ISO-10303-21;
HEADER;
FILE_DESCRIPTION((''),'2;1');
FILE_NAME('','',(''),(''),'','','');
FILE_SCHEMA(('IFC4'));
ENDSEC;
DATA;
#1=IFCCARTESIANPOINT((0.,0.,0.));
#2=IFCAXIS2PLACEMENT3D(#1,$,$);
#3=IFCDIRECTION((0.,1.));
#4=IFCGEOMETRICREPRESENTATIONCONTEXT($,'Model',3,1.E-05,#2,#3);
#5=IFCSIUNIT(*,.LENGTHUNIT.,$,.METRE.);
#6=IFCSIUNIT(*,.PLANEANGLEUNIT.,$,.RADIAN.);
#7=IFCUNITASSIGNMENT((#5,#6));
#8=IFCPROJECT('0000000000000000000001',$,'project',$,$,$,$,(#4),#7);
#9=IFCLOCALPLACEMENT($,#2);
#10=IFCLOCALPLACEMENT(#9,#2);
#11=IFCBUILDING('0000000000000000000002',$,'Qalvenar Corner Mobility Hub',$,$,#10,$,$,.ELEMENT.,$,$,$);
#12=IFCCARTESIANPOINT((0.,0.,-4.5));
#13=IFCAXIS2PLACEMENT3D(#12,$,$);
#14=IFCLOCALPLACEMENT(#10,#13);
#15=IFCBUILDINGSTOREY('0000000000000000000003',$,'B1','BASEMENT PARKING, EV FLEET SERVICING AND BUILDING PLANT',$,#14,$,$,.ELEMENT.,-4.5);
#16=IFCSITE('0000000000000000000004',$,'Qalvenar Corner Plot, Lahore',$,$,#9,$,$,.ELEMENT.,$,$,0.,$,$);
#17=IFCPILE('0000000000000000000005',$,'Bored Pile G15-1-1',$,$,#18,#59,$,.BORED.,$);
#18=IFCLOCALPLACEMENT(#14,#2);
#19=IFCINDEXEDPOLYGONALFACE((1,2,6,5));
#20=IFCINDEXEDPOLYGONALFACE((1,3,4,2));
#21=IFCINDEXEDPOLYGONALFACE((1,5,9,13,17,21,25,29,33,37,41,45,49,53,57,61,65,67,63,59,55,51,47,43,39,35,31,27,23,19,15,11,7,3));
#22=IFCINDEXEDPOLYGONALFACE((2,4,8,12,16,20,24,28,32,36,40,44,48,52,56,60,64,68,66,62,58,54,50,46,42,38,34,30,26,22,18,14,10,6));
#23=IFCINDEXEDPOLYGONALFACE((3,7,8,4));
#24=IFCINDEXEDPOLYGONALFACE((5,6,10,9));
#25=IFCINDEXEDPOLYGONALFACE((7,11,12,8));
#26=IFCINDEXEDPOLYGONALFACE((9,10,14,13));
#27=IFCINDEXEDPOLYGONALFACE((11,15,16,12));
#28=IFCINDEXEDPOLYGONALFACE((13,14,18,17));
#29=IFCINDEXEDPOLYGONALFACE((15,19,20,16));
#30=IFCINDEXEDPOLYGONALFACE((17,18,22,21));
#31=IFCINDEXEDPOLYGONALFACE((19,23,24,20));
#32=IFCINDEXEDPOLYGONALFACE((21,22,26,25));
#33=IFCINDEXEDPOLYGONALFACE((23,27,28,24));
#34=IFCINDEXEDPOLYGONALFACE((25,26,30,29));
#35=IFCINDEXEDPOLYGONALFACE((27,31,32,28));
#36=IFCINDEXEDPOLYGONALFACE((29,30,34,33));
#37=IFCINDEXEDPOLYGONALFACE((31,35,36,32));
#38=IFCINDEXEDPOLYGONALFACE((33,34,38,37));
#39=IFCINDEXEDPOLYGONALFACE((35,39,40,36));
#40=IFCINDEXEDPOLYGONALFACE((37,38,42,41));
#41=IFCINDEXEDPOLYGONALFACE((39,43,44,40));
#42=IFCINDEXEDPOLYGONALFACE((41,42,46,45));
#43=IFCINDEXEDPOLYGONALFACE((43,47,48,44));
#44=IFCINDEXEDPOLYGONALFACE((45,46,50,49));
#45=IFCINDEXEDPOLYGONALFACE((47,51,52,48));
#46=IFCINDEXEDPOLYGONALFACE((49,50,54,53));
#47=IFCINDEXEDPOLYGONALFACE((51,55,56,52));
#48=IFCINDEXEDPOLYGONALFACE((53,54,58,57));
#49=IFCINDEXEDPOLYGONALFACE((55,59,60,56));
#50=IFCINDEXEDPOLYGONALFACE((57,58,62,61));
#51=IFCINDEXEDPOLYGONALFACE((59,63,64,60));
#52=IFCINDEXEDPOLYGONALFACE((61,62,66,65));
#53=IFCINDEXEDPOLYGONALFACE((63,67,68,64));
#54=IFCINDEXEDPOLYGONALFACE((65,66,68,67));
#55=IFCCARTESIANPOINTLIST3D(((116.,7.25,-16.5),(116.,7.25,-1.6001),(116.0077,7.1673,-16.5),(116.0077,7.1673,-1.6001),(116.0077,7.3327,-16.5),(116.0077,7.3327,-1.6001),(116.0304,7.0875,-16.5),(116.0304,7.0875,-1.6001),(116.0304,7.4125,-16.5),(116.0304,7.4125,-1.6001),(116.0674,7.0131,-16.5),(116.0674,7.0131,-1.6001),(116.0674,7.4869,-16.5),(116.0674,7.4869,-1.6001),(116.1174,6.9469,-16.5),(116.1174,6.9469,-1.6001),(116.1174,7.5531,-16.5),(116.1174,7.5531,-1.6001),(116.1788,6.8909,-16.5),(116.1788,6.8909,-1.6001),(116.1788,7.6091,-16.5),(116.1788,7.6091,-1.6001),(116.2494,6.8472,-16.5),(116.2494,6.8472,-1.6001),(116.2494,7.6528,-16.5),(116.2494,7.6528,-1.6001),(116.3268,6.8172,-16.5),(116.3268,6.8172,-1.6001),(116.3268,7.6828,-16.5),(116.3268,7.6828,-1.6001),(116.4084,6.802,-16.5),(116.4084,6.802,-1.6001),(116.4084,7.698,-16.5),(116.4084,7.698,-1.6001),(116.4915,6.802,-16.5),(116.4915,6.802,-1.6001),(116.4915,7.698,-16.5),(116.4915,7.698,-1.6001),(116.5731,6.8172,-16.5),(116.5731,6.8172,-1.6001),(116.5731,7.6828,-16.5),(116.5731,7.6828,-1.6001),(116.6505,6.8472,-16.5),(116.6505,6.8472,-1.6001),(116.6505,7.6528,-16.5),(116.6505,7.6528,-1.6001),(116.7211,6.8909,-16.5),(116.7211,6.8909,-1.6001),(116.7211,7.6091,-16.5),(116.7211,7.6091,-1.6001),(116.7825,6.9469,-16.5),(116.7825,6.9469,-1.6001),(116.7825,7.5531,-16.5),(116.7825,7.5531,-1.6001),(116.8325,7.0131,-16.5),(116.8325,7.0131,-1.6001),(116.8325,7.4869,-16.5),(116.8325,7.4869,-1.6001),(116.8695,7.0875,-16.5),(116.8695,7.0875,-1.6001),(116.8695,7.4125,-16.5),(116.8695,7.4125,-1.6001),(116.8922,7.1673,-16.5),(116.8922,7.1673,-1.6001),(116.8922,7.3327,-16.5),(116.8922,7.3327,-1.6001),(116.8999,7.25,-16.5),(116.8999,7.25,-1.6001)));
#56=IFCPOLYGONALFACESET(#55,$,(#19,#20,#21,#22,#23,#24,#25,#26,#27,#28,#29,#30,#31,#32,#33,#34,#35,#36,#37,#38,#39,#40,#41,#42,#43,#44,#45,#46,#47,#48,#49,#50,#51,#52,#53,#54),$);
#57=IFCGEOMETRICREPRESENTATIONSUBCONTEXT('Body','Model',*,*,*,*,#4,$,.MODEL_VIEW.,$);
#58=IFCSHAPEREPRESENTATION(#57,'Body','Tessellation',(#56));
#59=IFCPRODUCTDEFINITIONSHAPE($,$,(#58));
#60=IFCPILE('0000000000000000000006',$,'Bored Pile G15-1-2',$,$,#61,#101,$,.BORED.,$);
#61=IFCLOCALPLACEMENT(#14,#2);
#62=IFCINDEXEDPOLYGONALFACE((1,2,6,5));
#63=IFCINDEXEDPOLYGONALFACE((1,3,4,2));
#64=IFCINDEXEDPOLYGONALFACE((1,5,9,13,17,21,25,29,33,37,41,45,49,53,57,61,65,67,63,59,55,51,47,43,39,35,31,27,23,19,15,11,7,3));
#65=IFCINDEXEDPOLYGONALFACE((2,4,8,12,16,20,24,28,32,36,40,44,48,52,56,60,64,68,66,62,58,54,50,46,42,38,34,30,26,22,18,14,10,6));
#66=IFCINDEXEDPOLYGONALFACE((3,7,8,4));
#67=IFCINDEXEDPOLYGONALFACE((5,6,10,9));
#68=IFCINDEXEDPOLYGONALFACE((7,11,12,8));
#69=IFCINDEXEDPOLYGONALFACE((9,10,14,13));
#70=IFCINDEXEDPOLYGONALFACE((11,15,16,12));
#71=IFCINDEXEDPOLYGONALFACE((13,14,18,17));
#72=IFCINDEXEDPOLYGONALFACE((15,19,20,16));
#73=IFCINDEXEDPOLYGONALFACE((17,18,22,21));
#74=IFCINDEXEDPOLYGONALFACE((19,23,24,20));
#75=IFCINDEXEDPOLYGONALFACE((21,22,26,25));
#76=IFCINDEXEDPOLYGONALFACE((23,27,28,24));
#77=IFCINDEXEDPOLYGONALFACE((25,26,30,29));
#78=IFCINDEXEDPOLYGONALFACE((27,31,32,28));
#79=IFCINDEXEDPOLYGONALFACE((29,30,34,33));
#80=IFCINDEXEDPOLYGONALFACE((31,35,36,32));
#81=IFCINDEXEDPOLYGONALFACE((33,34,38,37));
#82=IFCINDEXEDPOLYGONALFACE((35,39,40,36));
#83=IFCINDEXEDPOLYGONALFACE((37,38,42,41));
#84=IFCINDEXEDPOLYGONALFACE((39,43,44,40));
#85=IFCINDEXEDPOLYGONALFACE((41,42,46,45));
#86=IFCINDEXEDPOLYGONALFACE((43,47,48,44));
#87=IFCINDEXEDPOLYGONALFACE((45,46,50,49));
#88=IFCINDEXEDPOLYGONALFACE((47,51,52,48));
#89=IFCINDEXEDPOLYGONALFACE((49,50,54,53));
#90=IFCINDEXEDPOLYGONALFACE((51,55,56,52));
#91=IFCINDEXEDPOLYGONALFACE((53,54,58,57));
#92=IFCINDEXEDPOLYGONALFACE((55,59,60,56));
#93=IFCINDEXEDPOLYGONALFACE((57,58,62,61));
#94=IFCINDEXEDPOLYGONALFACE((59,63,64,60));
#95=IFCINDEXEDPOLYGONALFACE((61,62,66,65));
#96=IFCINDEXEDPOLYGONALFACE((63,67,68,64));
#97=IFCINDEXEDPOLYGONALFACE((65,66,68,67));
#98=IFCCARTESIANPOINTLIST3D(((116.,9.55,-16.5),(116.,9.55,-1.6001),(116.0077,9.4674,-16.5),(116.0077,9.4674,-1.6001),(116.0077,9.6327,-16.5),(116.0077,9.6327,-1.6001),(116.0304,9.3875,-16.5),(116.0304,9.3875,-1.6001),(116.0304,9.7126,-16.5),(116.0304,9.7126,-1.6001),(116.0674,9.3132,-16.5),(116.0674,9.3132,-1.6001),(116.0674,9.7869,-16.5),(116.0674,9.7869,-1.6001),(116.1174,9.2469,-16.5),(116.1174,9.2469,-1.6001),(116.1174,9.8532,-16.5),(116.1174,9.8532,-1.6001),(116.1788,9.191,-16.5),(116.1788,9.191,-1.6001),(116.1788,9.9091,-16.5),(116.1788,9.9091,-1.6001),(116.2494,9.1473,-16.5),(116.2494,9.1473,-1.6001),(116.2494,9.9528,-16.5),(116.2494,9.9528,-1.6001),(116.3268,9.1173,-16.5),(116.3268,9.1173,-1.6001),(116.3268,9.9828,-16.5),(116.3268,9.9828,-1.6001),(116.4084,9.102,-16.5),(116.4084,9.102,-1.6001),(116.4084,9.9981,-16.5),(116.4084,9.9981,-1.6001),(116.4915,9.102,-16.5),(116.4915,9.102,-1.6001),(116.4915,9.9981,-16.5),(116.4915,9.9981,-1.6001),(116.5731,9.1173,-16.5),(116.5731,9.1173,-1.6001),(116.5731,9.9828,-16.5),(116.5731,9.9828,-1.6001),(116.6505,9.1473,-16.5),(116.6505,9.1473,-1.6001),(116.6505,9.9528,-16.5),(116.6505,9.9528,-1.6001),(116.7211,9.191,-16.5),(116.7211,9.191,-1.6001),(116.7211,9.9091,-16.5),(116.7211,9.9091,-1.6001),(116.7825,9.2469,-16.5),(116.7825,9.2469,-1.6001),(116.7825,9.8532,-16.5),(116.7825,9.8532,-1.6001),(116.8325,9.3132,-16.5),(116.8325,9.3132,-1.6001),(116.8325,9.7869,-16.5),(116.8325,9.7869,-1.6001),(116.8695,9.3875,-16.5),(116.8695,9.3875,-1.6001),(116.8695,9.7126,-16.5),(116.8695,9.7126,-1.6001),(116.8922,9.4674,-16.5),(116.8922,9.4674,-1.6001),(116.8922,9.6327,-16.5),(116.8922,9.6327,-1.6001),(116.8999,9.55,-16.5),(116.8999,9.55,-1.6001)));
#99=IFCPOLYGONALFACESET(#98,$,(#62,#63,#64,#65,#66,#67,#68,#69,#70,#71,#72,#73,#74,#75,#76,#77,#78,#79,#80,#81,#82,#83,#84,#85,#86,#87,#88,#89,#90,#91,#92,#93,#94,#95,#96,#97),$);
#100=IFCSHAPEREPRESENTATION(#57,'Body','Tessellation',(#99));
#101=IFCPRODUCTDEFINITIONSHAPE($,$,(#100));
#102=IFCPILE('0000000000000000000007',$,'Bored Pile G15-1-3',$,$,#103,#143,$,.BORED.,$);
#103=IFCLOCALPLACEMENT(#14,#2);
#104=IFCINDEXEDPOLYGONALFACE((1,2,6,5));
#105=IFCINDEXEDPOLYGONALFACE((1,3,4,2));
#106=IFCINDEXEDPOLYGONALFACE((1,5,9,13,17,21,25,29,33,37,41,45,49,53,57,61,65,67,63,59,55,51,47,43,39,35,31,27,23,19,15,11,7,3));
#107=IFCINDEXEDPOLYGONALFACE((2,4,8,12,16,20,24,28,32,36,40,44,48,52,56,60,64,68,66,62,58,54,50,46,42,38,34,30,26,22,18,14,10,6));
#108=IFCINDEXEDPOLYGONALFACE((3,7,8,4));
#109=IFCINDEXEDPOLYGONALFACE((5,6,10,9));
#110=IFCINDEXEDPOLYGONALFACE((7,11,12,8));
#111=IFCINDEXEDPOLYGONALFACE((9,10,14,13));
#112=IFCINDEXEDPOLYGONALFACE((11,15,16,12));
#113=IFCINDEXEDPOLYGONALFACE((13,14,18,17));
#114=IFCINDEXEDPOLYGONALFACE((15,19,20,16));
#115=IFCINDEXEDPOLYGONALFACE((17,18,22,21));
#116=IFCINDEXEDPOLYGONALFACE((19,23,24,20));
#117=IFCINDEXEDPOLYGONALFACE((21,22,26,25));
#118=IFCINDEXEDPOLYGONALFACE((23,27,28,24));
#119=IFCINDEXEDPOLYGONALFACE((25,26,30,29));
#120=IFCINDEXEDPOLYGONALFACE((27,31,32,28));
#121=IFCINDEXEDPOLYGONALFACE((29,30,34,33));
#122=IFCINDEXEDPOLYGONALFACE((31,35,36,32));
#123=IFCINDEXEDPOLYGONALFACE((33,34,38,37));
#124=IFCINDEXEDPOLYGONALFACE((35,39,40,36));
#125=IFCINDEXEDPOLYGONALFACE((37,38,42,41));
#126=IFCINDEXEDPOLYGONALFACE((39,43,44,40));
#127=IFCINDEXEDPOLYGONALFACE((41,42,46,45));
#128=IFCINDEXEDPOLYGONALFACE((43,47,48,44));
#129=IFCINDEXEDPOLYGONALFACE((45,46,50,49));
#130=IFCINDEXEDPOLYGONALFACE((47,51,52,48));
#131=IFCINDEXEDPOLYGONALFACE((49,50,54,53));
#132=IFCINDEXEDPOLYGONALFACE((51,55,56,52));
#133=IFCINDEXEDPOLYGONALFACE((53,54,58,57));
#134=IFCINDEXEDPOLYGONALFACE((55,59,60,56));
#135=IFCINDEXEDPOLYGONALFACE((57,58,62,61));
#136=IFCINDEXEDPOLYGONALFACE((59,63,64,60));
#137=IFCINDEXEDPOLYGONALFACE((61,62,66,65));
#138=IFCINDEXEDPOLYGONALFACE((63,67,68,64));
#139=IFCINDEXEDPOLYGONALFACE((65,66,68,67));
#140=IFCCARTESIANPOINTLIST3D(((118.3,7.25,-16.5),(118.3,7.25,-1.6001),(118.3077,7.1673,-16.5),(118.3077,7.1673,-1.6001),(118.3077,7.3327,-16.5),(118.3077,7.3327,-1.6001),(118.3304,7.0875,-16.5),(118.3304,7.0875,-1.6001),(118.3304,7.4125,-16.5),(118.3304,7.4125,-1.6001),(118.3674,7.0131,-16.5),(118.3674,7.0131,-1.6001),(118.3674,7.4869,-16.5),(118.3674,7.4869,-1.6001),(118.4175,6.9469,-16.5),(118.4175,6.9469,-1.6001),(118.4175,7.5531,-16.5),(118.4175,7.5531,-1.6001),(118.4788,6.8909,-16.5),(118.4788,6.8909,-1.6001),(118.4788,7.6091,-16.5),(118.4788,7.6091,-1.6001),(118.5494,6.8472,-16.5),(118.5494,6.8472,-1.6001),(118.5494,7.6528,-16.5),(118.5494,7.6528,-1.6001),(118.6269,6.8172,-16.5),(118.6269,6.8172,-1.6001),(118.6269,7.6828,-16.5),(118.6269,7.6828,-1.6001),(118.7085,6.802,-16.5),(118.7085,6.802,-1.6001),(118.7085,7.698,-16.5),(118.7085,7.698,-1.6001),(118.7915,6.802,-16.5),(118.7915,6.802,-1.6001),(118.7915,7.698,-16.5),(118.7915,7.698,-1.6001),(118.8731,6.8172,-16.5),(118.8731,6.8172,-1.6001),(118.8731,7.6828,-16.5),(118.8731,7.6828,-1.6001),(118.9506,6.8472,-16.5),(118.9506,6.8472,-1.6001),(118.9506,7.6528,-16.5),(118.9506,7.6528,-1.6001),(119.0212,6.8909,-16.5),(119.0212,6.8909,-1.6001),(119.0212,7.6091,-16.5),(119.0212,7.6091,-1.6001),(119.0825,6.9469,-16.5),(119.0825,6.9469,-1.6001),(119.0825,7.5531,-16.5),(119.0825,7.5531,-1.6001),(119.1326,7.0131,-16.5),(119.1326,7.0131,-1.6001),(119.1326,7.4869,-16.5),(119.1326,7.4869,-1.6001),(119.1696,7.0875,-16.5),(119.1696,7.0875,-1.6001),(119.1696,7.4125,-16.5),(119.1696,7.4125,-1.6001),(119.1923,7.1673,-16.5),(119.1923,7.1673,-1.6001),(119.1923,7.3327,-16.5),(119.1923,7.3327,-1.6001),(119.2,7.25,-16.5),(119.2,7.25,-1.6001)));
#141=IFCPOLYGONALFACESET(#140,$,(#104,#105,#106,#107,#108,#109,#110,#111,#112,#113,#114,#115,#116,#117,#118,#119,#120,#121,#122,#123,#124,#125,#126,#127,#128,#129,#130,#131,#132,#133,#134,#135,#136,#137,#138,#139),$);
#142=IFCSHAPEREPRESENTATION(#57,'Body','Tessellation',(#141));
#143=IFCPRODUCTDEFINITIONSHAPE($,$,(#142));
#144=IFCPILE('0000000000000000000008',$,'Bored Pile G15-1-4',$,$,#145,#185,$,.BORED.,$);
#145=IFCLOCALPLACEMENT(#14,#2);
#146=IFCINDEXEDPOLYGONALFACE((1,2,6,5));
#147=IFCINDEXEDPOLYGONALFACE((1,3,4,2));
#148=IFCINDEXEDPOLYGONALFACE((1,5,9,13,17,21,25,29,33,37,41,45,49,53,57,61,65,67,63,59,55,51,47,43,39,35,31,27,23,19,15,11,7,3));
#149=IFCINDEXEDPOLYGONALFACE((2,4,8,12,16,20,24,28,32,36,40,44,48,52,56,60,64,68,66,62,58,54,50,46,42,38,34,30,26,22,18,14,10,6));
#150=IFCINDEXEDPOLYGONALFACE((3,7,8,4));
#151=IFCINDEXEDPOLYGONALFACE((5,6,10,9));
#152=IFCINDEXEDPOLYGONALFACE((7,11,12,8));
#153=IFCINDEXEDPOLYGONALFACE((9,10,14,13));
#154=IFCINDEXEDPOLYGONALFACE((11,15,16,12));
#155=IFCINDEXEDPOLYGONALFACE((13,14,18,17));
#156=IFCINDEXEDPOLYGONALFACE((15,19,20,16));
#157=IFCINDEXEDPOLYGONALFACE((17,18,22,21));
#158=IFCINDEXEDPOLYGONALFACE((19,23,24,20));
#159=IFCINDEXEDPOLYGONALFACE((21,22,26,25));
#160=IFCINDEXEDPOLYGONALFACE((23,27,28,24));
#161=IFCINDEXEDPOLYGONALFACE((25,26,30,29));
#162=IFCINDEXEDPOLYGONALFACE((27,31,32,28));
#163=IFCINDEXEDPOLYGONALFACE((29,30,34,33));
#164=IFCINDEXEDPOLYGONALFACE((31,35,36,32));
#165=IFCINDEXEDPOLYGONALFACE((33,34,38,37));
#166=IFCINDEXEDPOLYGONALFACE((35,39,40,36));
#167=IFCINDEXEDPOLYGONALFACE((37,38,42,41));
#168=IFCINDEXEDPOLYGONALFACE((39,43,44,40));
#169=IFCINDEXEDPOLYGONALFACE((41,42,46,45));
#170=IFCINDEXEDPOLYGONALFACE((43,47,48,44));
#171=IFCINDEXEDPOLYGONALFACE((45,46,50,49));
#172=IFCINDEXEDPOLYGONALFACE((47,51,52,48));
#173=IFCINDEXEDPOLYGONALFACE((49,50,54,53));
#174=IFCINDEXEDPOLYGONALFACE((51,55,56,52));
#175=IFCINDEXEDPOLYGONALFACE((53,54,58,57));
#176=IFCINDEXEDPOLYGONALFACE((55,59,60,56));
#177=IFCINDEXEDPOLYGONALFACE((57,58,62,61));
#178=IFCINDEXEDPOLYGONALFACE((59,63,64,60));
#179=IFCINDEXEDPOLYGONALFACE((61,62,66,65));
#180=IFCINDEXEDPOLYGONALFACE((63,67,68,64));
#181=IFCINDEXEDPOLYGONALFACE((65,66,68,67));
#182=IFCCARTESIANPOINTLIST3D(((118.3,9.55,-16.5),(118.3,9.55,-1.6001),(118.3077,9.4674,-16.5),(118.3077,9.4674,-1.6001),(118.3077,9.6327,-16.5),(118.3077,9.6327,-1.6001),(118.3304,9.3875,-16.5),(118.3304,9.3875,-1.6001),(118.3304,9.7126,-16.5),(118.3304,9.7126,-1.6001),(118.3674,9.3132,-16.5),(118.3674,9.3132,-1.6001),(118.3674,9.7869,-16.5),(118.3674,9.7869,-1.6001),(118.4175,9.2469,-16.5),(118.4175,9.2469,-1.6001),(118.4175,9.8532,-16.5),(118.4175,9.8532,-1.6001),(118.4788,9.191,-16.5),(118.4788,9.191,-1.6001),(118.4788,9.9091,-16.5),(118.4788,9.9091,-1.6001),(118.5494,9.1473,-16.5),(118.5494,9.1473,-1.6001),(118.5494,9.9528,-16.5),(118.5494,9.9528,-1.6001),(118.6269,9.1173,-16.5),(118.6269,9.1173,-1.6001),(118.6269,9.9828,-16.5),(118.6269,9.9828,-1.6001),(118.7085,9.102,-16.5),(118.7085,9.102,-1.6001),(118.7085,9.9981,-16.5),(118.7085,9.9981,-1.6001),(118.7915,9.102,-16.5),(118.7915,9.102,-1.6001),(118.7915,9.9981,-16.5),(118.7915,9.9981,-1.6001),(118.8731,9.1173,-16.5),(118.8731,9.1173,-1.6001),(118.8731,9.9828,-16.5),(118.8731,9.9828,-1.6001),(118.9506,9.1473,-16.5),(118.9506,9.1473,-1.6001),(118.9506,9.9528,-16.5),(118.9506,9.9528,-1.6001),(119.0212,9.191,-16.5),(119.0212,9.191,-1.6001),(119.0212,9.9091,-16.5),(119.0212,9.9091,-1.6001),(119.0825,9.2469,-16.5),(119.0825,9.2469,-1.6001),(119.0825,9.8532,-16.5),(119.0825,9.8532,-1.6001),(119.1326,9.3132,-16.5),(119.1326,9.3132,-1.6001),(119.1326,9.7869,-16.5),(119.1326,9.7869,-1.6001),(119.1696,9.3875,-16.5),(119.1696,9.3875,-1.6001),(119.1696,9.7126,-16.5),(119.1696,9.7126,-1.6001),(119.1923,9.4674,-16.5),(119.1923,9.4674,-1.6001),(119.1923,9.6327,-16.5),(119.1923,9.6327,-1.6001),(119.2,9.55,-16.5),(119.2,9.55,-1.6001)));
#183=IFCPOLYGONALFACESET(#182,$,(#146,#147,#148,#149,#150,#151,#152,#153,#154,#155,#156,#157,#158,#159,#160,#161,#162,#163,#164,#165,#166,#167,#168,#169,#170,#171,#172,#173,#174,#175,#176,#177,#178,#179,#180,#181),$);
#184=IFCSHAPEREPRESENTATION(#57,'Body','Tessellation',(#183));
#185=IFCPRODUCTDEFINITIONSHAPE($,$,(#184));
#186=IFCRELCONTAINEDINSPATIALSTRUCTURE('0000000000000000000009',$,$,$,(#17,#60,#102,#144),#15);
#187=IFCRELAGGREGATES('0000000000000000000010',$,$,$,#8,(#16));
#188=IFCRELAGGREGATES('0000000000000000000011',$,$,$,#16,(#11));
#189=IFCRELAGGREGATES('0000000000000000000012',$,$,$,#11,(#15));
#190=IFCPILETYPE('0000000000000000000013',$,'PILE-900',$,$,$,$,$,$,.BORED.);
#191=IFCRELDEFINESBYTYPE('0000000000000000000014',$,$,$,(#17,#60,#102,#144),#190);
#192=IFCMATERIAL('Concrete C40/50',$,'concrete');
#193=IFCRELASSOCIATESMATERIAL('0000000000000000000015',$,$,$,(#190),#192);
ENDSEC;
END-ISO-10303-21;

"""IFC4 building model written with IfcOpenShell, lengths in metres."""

from ifc_helpers import new_model, si_unit, direction, frame, origin, origin_2d, place, context, subcontext, project, spatial, circle, extrude, material, material_profile, profile_set, type_object, element, save


model = new_model("IFC4")

# Units and contexts
model_context = context("Model", 3, precision=1e-05, world=origin(), true_north=direction((0.0, 1.0)))
body_context = subcontext(model_context, "Body", "Model", "MODEL_VIEW")
ifc_project = project(units=[si_unit("LENGTHUNIT", "METRE"), si_unit("PLANEANGLEUNIT", "RADIAN")], contexts=[model_context])

# Site, building, storey
site_placement = place(None, origin())
site = spatial("IfcSite", under=ifc_project, at=site_placement, Name="Qalvenar Corner Plot, Lahore", CompositionType="ELEMENT", RefElevation=0.0)
building_placement = place(site_placement, origin())
building = spatial("IfcBuilding", under=site, at=building_placement, Name="Qalvenar Corner Mobility Hub", CompositionType="ELEMENT")
storey_placement = place(building_placement, frame((0.0, 0.0, -4.5)))
storey = spatial("IfcBuildingStorey", under=building, at=storey_placement, Name="B1", Description="BASEMENT PARKING, EV FLEET SERVICING AND BUILDING PLANT", CompositionType="ELEMENT", Elevation=-4.5)

# Shared definitions
ifc_material_1 = material(Name="Concrete C40/50", Category="concrete")

# Piles
ifc_material_profile_1 = material_profile(ifc_material_1, circle(Radius=0.45, at=origin_2d()), Name="DIA900")
ifc_profile_set_1 = profile_set([ifc_material_profile_1], Name="Concrete C40/50")
pile_type = type_object("IfcPileType", Name="PILE-900", PredefinedType="BORED", material=ifc_profile_set_1)
for number, where, z_axis, x_axis, name in (
    (1, (116.45, 7.25, -1.6001), (0.0, 0.0, -1.0), (1.0, 0.0, 0.0), "Bored Pile G15-1-1"),
    (2, (116.45, 9.55, -1.6001), (0.0, 0.0, -1.0), (1.0, 0.0, 0.0), "Bored Pile G15-1-2"),
    (3, (118.75, 7.25, -1.6001), (0.0, 0.0, -1.0), (1.0, 0.0, 0.0), "Bored Pile G15-1-3"),
    (4, (118.75, 9.55, -1.6001), (0.0, 0.0, -1.0), (1.0, 0.0, 0.0), "Bored Pile G15-1-4"),
):
    element("IfcPile", number, at=place(storey_placement, frame(where, z_axis=z_axis, x_axis=x_axis)), inside=storey, type_object=pile_type, Name=name, PredefinedType="BORED", context=body_context, shape_type="SweptSolid", body=[
        extrude(circle(Radius=0.45, at=origin_2d()), origin(), (0.0, 0.0, 1.0), 14.8999),
    ])

save(model, "model.ifc")
